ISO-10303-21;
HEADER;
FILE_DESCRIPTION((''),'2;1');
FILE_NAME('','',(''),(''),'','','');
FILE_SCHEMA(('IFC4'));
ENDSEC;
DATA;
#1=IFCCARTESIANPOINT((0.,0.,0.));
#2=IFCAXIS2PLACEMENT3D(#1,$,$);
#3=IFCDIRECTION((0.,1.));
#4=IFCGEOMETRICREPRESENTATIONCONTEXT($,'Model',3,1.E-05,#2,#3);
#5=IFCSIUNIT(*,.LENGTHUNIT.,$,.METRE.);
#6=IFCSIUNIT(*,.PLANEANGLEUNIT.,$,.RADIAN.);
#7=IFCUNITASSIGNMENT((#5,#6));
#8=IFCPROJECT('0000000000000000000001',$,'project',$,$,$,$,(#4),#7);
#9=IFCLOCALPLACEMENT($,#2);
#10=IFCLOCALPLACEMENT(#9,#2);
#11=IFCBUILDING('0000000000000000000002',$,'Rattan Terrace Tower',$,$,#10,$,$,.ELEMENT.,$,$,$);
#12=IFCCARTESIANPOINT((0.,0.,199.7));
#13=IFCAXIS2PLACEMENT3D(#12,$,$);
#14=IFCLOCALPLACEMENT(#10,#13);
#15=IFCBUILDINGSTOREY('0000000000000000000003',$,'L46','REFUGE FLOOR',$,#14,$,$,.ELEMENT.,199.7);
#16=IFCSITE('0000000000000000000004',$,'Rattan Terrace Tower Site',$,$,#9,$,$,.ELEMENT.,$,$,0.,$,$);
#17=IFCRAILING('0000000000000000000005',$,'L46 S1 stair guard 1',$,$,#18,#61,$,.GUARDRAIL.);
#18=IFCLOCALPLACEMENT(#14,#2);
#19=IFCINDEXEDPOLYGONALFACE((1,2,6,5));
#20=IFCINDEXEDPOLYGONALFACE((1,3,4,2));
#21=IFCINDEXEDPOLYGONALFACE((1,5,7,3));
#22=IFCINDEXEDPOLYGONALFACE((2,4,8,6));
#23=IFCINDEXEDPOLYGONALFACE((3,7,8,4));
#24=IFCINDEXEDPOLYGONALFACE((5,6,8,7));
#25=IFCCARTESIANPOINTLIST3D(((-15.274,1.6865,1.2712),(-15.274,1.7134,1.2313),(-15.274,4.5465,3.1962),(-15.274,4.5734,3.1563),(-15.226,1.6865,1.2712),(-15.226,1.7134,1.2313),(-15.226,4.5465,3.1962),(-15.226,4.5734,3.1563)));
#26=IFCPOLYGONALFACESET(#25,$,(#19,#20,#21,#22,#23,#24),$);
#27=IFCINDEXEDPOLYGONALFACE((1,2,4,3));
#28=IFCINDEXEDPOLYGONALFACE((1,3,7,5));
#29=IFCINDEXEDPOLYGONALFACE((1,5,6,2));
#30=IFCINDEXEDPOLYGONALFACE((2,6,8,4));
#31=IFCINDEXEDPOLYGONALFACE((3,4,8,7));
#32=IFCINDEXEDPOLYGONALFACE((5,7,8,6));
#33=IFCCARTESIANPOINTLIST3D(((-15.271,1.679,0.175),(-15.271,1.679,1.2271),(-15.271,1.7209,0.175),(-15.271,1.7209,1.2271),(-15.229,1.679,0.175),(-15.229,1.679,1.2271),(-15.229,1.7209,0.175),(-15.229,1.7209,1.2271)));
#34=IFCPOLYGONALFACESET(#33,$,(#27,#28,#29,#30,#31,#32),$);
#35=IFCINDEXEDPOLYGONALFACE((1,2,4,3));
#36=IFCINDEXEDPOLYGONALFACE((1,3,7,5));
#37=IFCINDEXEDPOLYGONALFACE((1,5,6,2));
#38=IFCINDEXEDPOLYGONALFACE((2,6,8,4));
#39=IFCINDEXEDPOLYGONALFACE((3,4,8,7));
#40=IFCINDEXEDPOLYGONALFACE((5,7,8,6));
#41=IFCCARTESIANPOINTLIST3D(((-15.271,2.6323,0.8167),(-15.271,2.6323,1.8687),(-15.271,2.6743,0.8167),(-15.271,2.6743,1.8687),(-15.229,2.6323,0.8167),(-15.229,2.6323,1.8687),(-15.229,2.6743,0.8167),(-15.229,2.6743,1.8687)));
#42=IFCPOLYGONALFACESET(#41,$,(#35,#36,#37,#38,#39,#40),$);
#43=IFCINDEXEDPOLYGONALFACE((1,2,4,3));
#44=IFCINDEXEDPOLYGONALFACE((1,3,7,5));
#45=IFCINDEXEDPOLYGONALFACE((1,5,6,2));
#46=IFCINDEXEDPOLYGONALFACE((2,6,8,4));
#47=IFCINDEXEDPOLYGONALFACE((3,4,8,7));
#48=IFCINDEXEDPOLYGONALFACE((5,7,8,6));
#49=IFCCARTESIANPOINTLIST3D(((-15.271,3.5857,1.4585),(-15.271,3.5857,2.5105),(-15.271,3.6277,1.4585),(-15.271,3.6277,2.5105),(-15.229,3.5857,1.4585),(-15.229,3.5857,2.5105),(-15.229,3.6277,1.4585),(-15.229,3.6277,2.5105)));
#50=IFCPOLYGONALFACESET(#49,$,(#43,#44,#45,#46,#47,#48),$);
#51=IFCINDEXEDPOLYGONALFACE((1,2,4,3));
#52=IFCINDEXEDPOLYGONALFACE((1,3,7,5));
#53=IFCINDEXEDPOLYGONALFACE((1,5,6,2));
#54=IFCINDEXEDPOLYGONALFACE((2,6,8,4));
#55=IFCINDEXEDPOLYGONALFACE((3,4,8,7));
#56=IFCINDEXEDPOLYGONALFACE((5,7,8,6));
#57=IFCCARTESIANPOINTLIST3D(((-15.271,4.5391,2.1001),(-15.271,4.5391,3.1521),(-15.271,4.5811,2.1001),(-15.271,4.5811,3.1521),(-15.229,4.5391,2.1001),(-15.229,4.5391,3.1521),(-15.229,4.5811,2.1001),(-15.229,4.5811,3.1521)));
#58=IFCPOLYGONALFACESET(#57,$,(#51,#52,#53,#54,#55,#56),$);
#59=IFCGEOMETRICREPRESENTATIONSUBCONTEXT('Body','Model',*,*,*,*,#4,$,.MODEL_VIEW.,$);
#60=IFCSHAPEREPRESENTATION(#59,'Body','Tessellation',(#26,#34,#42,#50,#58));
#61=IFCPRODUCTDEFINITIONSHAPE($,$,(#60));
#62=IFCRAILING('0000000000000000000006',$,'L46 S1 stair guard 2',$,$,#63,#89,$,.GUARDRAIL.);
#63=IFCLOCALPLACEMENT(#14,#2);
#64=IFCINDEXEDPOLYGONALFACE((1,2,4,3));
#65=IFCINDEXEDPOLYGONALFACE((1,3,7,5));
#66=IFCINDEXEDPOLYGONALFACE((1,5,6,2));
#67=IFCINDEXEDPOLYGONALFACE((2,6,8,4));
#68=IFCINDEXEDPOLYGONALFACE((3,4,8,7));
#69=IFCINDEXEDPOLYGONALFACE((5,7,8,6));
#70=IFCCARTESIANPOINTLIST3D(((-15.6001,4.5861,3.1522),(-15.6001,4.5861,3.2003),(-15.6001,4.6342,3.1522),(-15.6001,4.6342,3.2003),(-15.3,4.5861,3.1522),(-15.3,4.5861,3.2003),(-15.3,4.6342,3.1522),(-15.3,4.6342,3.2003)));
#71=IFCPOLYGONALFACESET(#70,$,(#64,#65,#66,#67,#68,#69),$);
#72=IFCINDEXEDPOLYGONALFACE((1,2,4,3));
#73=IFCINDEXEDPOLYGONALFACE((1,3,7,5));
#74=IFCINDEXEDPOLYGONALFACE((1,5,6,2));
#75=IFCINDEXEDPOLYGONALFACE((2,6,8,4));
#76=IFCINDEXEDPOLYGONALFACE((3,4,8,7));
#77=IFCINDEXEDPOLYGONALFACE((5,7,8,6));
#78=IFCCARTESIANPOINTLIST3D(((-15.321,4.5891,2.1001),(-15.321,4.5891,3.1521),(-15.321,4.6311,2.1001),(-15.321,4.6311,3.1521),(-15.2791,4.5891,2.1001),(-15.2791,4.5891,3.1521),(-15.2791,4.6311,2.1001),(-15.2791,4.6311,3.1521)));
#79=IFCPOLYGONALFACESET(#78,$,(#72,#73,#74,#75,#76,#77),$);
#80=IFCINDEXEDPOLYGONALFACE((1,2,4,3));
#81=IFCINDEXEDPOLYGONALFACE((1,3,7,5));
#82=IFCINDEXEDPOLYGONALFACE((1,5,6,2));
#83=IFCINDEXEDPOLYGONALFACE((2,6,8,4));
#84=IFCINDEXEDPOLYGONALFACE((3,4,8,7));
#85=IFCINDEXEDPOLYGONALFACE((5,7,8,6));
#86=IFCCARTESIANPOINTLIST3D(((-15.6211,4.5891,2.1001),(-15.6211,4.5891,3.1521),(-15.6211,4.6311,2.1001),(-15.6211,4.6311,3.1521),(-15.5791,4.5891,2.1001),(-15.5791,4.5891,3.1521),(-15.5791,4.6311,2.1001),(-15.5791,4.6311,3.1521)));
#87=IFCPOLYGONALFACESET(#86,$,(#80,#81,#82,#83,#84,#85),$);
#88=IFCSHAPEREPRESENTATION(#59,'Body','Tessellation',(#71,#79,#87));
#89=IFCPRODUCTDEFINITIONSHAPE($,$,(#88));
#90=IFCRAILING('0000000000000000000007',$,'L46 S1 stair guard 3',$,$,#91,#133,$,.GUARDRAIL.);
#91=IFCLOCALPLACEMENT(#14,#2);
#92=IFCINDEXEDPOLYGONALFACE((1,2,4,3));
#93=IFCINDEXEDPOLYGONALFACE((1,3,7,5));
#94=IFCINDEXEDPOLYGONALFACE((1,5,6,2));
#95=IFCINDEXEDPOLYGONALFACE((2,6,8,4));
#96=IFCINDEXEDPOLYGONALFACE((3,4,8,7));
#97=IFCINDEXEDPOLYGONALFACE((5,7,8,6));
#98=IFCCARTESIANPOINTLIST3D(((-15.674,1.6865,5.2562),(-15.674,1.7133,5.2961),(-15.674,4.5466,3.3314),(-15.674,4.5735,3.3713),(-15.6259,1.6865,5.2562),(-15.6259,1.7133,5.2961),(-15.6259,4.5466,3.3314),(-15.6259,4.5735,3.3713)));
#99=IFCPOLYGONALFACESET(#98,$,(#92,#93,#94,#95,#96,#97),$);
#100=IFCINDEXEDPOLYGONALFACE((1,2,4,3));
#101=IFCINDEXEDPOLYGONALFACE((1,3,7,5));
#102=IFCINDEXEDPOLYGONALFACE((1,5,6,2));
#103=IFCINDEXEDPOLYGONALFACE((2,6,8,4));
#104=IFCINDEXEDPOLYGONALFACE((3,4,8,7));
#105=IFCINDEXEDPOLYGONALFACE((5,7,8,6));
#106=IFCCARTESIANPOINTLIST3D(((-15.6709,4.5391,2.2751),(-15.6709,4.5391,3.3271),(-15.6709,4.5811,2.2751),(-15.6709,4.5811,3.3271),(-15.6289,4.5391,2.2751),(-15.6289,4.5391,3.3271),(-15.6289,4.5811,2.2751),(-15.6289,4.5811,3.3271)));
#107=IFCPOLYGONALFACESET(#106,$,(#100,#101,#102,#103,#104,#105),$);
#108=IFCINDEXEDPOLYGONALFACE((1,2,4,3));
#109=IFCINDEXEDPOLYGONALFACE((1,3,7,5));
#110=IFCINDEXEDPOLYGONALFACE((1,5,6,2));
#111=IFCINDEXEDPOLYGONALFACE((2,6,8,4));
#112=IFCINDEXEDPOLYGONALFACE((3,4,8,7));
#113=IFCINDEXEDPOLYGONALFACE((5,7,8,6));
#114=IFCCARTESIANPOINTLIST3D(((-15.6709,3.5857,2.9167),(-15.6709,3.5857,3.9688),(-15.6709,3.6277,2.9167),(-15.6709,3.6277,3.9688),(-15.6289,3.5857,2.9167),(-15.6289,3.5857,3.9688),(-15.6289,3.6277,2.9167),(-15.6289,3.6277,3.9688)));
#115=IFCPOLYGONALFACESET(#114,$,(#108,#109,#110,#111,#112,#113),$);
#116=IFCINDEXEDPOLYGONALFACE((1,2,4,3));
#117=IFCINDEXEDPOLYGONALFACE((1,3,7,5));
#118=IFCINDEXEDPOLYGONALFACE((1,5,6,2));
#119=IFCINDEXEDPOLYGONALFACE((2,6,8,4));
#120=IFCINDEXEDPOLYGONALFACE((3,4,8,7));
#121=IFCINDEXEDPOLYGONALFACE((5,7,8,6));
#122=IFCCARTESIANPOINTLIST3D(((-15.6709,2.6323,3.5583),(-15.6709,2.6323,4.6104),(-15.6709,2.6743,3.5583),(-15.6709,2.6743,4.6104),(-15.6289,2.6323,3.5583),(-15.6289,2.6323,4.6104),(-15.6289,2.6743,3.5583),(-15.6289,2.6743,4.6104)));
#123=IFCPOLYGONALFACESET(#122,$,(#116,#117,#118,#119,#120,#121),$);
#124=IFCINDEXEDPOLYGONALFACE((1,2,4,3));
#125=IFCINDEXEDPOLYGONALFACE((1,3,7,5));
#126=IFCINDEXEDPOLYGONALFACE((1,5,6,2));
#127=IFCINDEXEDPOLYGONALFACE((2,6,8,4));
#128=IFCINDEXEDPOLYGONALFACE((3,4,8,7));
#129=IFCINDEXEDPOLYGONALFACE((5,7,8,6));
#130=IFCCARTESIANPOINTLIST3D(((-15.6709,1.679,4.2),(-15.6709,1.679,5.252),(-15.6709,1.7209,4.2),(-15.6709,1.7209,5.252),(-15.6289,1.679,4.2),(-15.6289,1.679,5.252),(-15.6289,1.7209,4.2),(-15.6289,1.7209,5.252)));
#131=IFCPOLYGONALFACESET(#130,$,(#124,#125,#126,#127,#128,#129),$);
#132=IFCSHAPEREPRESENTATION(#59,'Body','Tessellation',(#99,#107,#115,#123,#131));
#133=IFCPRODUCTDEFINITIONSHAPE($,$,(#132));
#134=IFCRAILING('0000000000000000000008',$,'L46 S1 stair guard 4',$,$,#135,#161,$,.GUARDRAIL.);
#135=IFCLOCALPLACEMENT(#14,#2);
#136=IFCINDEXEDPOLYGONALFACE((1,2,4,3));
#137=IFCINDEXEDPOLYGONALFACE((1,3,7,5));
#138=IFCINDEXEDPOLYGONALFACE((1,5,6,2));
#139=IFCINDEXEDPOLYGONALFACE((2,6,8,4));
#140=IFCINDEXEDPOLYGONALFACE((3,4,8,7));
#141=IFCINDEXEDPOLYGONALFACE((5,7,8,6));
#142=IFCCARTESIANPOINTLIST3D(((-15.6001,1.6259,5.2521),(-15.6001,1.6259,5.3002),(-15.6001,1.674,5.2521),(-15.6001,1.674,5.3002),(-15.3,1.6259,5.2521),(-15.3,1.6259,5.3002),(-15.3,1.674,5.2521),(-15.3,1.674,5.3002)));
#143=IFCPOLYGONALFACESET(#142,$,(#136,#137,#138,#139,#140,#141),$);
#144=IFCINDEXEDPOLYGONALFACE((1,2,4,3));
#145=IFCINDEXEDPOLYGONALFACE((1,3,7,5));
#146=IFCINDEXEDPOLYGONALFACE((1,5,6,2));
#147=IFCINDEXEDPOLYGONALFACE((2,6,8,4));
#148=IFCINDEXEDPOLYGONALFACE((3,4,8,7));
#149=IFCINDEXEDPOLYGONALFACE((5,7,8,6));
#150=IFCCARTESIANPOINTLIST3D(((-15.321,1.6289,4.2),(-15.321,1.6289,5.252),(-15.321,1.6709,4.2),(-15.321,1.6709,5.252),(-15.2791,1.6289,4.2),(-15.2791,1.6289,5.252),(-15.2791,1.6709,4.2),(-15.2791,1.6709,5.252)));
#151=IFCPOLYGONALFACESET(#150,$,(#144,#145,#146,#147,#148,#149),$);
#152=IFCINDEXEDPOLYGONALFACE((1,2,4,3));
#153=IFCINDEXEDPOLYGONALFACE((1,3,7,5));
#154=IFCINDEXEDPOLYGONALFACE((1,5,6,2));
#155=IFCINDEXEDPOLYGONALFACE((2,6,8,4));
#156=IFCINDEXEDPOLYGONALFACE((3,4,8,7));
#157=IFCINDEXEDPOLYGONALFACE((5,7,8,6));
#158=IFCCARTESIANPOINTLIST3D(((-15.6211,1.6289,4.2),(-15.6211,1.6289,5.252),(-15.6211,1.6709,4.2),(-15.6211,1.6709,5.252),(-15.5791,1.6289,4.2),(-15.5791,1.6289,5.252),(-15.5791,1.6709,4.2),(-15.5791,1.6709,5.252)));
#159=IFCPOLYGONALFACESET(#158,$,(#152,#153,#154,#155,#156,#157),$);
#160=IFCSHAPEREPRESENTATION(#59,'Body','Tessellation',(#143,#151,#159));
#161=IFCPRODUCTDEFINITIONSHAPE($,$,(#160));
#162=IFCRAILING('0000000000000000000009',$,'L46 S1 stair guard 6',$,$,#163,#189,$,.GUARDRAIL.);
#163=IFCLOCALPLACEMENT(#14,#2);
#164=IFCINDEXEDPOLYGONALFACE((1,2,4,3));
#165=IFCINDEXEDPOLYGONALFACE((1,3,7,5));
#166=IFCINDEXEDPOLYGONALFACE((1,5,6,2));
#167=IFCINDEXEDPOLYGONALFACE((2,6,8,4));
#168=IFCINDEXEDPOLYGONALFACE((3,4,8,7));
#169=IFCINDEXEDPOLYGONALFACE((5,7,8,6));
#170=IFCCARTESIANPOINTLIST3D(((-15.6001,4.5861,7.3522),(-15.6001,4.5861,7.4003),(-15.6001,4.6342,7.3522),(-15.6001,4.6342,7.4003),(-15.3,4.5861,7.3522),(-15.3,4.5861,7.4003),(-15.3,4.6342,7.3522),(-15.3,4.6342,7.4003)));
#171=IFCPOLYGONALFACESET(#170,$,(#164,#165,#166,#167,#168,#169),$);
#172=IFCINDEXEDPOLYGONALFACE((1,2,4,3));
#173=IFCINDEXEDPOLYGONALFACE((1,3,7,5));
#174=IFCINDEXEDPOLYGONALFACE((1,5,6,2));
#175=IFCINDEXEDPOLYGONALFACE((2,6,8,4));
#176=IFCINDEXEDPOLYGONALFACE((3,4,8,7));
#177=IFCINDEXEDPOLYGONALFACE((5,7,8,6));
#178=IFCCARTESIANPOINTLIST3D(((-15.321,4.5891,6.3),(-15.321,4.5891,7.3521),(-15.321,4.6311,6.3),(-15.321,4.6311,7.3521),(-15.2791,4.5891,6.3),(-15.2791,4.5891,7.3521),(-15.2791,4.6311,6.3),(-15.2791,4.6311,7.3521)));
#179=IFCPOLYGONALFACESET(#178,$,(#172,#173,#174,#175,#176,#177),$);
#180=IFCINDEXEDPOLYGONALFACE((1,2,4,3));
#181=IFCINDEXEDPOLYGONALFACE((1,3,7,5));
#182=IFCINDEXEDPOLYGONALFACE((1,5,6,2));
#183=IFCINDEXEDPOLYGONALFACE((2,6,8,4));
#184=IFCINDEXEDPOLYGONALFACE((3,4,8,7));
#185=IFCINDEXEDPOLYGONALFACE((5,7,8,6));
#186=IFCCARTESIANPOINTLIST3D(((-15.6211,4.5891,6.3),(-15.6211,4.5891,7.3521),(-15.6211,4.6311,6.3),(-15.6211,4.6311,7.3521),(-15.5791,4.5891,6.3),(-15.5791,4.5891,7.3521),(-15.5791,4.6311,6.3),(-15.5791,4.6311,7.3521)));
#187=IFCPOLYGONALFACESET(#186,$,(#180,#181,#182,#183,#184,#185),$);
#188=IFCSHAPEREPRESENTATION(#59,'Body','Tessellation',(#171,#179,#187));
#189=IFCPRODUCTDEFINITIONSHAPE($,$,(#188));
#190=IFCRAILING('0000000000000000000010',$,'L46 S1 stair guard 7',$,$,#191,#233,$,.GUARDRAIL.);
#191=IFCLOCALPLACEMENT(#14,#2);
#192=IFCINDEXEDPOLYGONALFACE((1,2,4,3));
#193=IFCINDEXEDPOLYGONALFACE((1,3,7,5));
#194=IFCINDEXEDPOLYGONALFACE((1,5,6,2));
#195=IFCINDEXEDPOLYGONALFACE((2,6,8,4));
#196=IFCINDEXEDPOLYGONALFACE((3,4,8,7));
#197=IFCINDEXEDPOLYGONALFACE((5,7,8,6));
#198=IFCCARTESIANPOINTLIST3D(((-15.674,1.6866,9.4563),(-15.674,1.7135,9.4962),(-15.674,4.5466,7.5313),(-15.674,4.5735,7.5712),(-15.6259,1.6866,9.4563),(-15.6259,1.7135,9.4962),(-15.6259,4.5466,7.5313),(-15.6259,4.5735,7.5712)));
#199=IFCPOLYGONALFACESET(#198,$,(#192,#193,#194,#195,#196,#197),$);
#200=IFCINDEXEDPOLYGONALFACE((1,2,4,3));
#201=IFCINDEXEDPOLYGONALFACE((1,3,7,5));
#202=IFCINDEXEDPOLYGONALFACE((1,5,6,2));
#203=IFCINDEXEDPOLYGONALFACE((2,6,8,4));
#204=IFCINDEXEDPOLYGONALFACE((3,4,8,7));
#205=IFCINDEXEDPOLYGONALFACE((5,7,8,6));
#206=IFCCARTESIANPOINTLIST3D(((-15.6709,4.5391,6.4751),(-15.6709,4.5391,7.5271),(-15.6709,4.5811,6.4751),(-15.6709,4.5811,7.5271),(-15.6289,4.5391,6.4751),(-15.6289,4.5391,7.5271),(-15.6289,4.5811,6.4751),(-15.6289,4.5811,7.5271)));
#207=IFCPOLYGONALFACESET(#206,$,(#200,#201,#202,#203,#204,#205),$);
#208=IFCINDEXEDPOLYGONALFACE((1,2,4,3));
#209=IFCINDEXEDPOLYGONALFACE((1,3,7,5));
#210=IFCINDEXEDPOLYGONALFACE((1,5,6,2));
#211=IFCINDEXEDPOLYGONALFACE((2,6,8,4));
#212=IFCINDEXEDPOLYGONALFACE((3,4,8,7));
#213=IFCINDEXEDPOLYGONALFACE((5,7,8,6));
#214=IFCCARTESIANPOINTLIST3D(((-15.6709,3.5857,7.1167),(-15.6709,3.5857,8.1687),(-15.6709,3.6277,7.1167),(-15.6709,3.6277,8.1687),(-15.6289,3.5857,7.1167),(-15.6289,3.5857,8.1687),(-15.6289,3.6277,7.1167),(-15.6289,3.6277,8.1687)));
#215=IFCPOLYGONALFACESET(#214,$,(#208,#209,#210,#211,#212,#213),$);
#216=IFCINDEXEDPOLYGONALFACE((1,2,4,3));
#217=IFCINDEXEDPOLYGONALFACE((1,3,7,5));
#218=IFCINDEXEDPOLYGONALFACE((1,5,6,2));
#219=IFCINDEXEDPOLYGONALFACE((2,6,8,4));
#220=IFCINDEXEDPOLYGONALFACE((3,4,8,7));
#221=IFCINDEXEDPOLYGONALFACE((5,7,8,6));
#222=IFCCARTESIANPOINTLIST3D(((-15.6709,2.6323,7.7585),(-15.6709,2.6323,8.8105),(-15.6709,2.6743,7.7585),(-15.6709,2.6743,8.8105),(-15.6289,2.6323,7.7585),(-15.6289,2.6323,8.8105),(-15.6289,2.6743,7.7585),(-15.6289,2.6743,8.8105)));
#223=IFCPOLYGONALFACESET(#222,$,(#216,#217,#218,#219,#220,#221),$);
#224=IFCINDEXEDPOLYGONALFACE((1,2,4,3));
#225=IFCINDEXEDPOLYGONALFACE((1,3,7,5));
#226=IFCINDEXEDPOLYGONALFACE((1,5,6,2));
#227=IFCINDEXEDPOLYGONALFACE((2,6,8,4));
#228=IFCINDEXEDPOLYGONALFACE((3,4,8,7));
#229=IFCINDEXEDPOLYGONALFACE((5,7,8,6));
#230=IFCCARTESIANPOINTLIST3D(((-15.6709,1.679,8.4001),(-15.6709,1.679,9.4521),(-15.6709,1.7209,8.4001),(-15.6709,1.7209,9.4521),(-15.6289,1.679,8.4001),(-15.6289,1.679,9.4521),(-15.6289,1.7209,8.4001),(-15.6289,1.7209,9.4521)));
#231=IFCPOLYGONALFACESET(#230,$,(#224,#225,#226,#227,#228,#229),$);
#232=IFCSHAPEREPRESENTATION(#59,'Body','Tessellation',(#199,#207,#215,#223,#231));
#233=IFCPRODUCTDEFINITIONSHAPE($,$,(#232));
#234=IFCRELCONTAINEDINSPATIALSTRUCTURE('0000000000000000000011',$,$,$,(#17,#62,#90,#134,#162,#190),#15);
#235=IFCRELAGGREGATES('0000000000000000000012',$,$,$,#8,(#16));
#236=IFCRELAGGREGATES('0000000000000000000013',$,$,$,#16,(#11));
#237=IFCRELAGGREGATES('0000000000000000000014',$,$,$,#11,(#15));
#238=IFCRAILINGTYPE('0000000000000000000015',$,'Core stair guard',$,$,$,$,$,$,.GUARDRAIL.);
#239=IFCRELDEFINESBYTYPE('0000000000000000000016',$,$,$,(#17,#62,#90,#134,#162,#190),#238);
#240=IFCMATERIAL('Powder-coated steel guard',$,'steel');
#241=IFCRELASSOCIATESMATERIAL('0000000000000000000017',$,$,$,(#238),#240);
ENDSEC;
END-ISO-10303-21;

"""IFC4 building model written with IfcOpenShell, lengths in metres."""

from ifc_helpers import new_model, si_unit, direction, frame, origin, origin_2d, place, context, subcontext, project, spatial, rectangle, extrude, material, type_object, element, save


model = new_model("IFC4")

# Units and contexts
model_context = context("Model", 3, precision=1e-05, world=origin(), true_north=direction((0.0, 1.0)))
body_context = subcontext(model_context, "Body", "Model", "MODEL_VIEW")
ifc_project = project(units=[si_unit("LENGTHUNIT", "METRE"), si_unit("PLANEANGLEUNIT", "RADIAN")], contexts=[model_context])

# Site, building, storey
site_placement = place(None, origin())
site = spatial("IfcSite", under=ifc_project, at=site_placement, Name="Rattan Terrace Tower Site", CompositionType="ELEMENT", RefElevation=0.0)
building_placement = place(site_placement, origin())
building = spatial("IfcBuilding", under=site, at=building_placement, Name="Rattan Terrace Tower", CompositionType="ELEMENT")
storey_placement = place(building_placement, frame((0.0, 0.0, 199.7)))
storey = spatial("IfcBuildingStorey", under=building, at=storey_placement, Name="L46", Description="REFUGE FLOOR", CompositionType="ELEMENT", Elevation=199.7)

# Railings
ifc_material_1 = material(Name="Powder-coated steel guard", Category="steel")
railing_type_1 = type_object("IfcRailingType", Name="Core stair guard", PredefinedType="GUARDRAIL", material=ifc_material_1)
railing_1_placement = place(storey_placement, frame((-15.25, 1.7, 0.175)))
element("IfcRailing", 1, at=railing_1_placement, inside=storey, type_object=railing_type_1, Name="L46 S1 stair guard 1", PredefinedType="GUARDRAIL", context=body_context, shape_type="SweptSolid", body=[
    extrude(rectangle(XDim=0.0481, YDim=0.0481, at=origin_2d()), frame((0.0, 0.0, 1.0762), z_axis=(0.0, 0.829591, 0.558372), x_axis=(-1.0, 0.0, 0.0)), (0.0, 0.0, 1.0), 3.4475),
    extrude(rectangle(XDim=0.042, YDim=0.042, at=origin_2d()), origin(), (0.0, 0.0, 1.0), 1.052),
    extrude(rectangle(XDim=0.042, YDim=0.042, at=origin_2d()), frame((0.0, 0.9534, 0.6416)), (0.0, 0.0, 1.0), 1.052),
    extrude(rectangle(XDim=0.042, YDim=0.042, at=origin_2d()), frame((0.0, 1.9067, 1.2834)), (0.0, 0.0, 1.0), 1.052),
    extrude(rectangle(XDim=0.042, YDim=0.042, at=origin_2d()), frame((0.0, 2.8601, 1.925)), (0.0, 0.0, 1.0), 1.052),
])
railing_2_placement = place(storey_placement, frame((-15.3, 4.6101, 2.1001)))
element("IfcRailing", 2, at=railing_2_placement, inside=storey, type_object=railing_type_1, Name="L46 S1 stair guard 2", PredefinedType="GUARDRAIL", context=body_context, shape_type="SweptSolid", body=[
    extrude(rectangle(XDim=0.0481, YDim=0.0481, at=origin_2d()), frame((0.0, 0.0, 1.0762), z_axis=(-1.0, 0.0, 0.0), x_axis=(0.0, -1.0, 0.0)), (0.0, 0.0, 1.0), 0.3),
    extrude(rectangle(XDim=0.042, YDim=0.042, at=origin_2d()), origin(), (0.0, 0.0, 1.0), 1.052),
    extrude(rectangle(XDim=0.042, YDim=0.042, at=origin_2d()), frame((-0.3, 0.0, 0.0)), (0.0, 0.0, 1.0), 1.052),
])
railing_3_placement = place(storey_placement, frame((-15.6499, 4.5601, 2.2751)))
element("IfcRailing", 3, at=railing_3_placement, inside=storey, type_object=railing_type_1, Name="L46 S1 stair guard 3", PredefinedType="GUARDRAIL", context=body_context, shape_type="SweptSolid", body=[
    extrude(rectangle(XDim=0.0481, YDim=0.0481, at=origin_2d()), frame((0.0, 0.0, 1.0762), z_axis=(0.0, -0.829624, 0.558323), x_axis=(1.0, 0.0, 0.0)), (0.0, 0.0, 1.0), 3.4475),
    extrude(rectangle(XDim=0.042, YDim=0.042, at=origin_2d()), origin(), (0.0, 0.0, 1.0), 1.052),
    extrude(rectangle(XDim=0.042, YDim=0.042, at=origin_2d()), frame((0.0, -0.9534, 0.6416)), (0.0, 0.0, 1.0), 1.052),
    extrude(rectangle(XDim=0.042, YDim=0.042, at=origin_2d()), frame((0.0, -1.9067, 1.2832)), (0.0, 0.0, 1.0), 1.052),
    extrude(rectangle(XDim=0.042, YDim=0.042, at=origin_2d()), frame((0.0, -2.8601, 1.9248)), (0.0, 0.0, 1.0), 1.052),
])
for number, where, name in (
    (4, (-15.3, 1.6499, 4.2), "L46 S1 stair guard 4"),
    (5, (-15.3, 4.6101, 6.3), "L46 S1 stair guard 6"),
):
    element("IfcRailing", number, at=place(storey_placement, frame(where)), inside=storey, type_object=railing_type_1, Name=name, PredefinedType="GUARDRAIL", context=body_context, shape_type="SweptSolid", body=[
        extrude(rectangle(XDim=0.0481, YDim=0.0481, at=origin_2d()), frame((0.0, 0.0, 1.0762), z_axis=(-1.0, 0.0, 0.0), x_axis=(0.0, -1.0, 0.0)), (0.0, 0.0, 1.0), 0.3),
        extrude(rectangle(XDim=0.042, YDim=0.042, at=origin_2d()), origin(), (0.0, 0.0, 1.0), 1.052),
        extrude(rectangle(XDim=0.042, YDim=0.042, at=origin_2d()), frame((-0.3, 0.0, 0.0)), (0.0, 0.0, 1.0), 1.052),
    ])
railing_4_placement = place(storey_placement, frame((-15.6499, 4.5601, 6.4751)))
element("IfcRailing", 6, at=railing_4_placement, inside=storey, type_object=railing_type_1, Name="L46 S1 stair guard 7", PredefinedType="GUARDRAIL", context=body_context, shape_type="SweptSolid", body=[
    extrude(rectangle(XDim=0.0481, YDim=0.0481, at=origin_2d()), frame((0.0, 0.0, 1.0762), z_axis=(0.0, -0.829591, 0.558372), x_axis=(1.0, 0.0, 0.0)), (0.0, 0.0, 1.0), 3.4475),
    extrude(rectangle(XDim=0.042, YDim=0.042, at=origin_2d()), origin(), (0.0, 0.0, 1.0), 1.052),
    extrude(rectangle(XDim=0.042, YDim=0.042, at=origin_2d()), frame((0.0, -0.9534, 0.6416)), (0.0, 0.0, 1.0), 1.052),
    extrude(rectangle(XDim=0.042, YDim=0.042, at=origin_2d()), frame((0.0, -1.9067, 1.2834)), (0.0, 0.0, 1.0), 1.052),
    extrude(rectangle(XDim=0.042, YDim=0.042, at=origin_2d()), frame((0.0, -2.8601, 1.925)), (0.0, 0.0, 1.0), 1.052),
])

save(model, "model.ifc")
